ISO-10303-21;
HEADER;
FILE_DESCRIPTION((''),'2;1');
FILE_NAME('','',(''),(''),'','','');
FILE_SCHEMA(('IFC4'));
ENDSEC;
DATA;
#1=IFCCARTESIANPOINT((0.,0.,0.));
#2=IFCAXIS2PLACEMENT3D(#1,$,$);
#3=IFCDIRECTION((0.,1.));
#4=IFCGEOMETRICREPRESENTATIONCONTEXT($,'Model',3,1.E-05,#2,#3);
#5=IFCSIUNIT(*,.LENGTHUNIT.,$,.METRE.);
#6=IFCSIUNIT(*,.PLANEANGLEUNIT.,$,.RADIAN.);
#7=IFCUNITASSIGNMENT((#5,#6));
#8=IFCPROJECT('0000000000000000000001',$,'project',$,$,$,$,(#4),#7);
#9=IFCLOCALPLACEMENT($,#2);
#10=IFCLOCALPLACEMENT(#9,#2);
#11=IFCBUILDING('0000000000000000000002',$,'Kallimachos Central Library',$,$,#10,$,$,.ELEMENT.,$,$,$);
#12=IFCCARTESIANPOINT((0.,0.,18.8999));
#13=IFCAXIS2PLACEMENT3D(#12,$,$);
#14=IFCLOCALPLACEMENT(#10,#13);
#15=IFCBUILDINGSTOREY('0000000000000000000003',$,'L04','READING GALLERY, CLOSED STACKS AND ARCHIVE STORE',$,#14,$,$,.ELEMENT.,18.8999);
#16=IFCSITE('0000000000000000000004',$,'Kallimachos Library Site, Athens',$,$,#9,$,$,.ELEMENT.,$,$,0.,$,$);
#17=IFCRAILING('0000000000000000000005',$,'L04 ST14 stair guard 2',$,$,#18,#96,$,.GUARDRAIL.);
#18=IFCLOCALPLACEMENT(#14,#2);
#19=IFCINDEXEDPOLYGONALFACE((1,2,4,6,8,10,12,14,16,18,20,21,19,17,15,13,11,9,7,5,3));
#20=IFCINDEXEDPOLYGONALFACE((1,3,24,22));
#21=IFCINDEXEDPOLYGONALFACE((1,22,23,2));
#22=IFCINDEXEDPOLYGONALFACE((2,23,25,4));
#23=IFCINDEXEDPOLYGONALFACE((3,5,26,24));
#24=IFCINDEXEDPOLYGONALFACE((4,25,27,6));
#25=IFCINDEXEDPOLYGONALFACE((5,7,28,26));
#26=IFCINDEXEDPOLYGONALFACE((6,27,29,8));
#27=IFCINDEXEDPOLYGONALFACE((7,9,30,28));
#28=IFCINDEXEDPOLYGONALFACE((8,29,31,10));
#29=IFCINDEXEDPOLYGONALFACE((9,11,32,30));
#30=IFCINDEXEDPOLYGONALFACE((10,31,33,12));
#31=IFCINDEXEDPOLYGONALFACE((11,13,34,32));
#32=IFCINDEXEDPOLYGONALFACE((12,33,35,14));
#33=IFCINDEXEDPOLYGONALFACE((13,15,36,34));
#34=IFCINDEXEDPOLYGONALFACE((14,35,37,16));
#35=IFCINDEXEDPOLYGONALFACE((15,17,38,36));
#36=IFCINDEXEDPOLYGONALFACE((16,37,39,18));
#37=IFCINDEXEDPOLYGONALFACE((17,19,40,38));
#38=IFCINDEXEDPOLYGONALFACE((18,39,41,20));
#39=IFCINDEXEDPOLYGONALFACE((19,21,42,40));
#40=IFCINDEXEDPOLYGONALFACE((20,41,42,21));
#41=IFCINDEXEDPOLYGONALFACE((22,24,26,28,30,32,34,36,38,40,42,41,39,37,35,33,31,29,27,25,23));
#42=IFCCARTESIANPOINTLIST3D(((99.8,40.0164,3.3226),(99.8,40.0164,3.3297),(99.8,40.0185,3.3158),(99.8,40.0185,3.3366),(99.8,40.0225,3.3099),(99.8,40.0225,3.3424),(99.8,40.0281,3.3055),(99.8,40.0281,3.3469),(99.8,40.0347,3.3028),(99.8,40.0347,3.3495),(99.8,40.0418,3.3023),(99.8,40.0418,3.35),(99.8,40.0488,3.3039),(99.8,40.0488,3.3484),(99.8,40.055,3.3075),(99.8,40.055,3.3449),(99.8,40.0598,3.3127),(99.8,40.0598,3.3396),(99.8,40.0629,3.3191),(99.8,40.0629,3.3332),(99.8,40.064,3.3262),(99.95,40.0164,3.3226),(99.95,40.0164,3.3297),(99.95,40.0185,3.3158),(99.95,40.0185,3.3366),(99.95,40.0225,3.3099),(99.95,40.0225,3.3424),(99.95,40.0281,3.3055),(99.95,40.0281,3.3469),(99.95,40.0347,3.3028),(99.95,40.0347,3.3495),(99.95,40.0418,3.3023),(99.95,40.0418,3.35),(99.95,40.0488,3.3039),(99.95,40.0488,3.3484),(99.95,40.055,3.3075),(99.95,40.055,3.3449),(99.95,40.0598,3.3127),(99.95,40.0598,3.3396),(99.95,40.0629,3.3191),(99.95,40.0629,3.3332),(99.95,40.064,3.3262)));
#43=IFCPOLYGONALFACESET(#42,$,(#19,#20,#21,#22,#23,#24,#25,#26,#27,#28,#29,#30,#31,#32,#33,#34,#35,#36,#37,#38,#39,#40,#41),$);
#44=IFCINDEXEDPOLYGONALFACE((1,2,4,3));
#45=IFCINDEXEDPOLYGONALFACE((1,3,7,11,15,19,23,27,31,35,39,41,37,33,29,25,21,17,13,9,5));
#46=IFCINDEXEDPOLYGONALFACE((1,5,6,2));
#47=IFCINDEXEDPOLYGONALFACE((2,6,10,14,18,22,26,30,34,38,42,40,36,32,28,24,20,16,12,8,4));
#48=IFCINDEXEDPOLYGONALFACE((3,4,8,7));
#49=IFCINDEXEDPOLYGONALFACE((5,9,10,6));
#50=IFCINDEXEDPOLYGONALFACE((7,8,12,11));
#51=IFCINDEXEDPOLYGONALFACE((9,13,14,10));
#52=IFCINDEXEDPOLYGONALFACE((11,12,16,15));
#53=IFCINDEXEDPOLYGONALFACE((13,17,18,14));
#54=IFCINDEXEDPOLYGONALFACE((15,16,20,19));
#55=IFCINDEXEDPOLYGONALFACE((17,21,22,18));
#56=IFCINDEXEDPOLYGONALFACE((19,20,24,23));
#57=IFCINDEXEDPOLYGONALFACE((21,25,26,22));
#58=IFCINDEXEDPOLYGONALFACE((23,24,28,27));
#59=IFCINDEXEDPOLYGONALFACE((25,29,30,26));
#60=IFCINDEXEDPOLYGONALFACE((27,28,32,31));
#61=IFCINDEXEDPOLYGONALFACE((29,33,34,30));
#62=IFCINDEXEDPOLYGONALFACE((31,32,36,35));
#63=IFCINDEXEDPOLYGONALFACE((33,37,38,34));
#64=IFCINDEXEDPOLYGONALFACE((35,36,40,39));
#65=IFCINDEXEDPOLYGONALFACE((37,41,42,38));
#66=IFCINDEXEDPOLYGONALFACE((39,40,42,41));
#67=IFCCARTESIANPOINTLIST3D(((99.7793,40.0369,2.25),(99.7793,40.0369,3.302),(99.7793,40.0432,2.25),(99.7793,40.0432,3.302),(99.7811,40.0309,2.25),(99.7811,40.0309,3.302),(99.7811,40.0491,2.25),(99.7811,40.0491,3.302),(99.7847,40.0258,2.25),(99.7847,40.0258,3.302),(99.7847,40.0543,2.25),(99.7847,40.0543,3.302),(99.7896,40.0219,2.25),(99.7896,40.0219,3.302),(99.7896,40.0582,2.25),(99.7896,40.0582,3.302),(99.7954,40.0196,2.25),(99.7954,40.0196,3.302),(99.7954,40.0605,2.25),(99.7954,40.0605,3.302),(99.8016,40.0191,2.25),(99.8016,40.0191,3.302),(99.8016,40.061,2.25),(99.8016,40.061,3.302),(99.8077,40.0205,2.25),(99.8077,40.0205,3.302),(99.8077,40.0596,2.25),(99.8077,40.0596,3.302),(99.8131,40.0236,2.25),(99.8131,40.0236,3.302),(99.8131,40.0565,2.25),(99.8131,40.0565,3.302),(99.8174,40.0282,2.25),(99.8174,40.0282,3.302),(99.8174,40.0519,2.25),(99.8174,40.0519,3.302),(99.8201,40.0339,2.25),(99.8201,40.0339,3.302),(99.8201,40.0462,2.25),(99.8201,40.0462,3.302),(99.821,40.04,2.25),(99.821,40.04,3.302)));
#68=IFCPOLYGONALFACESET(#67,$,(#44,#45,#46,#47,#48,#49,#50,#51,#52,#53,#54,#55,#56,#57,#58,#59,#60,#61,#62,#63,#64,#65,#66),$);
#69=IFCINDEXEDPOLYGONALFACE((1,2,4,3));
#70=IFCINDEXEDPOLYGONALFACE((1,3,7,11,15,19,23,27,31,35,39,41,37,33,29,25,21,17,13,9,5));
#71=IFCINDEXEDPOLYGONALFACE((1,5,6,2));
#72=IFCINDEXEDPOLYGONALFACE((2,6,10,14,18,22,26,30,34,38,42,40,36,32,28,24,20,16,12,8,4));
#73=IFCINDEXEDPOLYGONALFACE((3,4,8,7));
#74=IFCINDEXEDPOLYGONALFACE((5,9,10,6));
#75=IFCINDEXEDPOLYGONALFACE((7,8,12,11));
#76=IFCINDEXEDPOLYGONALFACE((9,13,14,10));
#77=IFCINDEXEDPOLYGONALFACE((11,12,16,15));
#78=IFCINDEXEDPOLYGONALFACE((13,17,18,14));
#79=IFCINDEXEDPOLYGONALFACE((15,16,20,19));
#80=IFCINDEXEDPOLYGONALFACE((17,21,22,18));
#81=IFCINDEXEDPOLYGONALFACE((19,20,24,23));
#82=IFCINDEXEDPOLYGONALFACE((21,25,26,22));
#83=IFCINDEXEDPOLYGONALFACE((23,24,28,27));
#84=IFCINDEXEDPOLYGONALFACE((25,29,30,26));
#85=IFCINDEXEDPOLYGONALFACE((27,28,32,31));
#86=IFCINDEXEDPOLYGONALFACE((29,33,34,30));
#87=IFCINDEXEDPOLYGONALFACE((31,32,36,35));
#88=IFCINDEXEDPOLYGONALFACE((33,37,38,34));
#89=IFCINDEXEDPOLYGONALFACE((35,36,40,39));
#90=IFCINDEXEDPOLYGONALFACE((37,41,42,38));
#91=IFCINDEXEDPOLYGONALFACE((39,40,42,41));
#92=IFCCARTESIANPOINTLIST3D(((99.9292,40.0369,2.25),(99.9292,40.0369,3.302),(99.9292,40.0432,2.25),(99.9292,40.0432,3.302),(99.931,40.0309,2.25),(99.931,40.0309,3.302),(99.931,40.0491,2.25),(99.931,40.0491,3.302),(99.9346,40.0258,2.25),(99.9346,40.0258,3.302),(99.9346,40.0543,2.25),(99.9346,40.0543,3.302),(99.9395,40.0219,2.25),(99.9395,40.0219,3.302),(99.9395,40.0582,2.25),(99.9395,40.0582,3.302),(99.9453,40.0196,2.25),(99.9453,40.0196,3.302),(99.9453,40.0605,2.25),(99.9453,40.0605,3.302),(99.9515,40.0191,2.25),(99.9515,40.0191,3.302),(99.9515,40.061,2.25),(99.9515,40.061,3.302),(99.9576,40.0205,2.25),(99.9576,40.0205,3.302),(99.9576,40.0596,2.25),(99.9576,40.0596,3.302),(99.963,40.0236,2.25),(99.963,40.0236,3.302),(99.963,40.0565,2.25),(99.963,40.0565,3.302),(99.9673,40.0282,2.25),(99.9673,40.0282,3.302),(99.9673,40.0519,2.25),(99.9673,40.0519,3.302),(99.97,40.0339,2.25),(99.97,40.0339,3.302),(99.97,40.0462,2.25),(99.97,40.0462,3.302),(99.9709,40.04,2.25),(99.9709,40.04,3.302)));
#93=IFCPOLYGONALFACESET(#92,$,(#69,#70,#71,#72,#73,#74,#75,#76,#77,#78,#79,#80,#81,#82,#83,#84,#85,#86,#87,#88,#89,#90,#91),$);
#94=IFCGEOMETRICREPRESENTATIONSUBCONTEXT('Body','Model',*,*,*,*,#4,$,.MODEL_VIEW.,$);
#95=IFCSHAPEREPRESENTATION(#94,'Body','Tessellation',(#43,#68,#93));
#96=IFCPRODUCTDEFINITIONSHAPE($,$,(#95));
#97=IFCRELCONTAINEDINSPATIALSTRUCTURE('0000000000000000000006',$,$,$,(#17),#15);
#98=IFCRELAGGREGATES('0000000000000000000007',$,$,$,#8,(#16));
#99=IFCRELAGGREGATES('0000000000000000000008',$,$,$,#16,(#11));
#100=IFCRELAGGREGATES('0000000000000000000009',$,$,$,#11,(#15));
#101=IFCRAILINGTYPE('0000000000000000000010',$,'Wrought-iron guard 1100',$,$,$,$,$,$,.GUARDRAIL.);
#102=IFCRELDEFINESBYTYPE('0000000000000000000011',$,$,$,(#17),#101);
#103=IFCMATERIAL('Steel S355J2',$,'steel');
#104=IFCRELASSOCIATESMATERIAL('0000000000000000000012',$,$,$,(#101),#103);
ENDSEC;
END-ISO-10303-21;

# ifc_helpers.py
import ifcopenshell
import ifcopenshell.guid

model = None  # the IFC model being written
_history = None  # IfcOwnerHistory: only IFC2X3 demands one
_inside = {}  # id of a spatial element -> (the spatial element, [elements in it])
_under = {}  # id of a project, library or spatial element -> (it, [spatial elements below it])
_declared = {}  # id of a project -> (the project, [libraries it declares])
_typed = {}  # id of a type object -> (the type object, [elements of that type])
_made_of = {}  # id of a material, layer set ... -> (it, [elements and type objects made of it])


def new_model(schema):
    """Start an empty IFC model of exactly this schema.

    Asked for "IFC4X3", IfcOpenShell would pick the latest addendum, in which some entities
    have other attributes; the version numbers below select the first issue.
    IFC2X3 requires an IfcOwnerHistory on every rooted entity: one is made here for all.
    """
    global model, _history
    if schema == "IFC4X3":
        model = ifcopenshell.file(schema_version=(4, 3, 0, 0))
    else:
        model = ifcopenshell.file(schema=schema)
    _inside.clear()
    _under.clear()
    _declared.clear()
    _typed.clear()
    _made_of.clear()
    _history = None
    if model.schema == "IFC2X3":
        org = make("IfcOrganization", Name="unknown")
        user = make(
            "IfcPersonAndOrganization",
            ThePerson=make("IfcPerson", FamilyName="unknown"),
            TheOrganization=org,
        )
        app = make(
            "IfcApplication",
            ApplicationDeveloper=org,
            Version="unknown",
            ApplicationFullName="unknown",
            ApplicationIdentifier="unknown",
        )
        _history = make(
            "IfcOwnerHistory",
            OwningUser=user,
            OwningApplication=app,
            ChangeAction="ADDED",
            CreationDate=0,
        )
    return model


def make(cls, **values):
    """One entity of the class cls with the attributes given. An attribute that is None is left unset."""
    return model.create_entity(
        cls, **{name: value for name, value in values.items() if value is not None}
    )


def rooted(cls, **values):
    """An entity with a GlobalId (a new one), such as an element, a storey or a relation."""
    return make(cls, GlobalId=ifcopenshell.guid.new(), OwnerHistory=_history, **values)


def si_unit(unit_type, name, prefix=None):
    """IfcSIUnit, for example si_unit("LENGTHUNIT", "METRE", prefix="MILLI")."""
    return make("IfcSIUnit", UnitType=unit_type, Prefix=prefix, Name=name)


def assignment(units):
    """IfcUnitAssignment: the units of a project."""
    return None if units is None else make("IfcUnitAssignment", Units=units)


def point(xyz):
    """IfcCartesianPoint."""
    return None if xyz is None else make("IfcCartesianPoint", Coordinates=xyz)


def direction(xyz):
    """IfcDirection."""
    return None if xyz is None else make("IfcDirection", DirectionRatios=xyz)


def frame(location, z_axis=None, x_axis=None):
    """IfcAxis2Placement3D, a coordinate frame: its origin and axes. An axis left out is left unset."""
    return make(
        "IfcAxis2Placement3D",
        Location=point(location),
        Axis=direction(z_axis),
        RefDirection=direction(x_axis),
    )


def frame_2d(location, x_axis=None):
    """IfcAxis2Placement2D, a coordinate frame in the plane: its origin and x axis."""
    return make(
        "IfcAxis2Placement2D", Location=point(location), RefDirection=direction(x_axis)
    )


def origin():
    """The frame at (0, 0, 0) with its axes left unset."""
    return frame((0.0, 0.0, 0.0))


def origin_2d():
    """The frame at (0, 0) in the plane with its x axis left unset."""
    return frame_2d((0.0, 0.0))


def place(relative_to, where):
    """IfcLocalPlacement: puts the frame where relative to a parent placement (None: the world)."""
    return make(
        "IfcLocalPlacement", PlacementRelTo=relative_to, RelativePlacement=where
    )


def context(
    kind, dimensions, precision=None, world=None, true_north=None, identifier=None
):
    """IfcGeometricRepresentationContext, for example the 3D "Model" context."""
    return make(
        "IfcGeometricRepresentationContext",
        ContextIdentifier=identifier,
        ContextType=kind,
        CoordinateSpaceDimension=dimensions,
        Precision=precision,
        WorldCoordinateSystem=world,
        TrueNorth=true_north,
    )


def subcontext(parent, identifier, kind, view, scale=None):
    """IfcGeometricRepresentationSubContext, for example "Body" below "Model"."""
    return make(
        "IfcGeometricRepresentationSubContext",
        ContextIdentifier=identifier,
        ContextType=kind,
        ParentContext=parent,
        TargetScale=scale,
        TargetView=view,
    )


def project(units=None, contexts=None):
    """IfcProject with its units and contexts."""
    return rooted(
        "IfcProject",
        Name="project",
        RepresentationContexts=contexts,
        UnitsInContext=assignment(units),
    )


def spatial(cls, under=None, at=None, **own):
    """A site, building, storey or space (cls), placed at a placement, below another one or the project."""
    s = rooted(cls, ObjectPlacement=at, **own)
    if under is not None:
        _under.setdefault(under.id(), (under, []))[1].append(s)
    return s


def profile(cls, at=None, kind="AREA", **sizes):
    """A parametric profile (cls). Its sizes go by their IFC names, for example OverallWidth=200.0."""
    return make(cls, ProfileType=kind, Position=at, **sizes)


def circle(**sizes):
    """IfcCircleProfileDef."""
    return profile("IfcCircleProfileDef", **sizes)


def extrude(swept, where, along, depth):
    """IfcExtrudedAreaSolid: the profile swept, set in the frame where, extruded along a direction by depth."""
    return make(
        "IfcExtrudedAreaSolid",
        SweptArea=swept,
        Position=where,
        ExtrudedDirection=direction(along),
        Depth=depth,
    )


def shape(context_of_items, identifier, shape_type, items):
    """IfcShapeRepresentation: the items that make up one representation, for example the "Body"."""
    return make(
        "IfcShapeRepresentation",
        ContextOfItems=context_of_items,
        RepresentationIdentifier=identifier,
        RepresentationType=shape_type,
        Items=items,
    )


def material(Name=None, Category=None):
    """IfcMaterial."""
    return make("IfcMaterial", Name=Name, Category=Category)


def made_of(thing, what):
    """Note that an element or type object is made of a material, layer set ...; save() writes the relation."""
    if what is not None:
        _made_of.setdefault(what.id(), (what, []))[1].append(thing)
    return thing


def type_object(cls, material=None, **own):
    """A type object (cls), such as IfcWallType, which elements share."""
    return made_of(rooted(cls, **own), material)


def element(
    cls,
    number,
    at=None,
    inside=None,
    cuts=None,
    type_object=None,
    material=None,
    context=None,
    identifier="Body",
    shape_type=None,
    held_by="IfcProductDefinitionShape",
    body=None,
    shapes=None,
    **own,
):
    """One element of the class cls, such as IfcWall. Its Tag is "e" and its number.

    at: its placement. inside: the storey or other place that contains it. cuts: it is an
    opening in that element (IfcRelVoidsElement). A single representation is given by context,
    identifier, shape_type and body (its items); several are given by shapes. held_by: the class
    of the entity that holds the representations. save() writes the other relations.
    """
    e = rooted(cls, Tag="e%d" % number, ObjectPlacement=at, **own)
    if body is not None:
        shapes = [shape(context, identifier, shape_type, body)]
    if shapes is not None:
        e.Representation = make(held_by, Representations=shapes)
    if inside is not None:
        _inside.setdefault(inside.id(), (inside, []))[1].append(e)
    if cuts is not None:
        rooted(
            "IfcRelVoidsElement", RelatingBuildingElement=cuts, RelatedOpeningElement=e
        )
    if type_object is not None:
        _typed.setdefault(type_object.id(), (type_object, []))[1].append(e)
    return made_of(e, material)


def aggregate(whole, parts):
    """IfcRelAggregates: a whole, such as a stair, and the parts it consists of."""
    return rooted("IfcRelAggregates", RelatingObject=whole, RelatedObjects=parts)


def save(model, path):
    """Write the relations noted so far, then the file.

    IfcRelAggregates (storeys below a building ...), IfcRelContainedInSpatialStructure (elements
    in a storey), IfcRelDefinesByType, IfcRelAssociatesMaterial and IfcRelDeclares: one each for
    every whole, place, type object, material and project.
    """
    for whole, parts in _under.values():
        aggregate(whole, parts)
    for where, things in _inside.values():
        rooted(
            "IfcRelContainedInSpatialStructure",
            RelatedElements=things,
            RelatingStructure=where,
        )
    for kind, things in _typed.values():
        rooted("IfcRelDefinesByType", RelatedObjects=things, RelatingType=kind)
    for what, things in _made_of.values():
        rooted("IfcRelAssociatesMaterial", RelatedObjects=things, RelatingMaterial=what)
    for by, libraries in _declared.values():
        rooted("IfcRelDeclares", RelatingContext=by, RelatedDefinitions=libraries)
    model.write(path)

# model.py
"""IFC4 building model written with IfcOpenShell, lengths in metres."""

from ifc_helpers import new_model, si_unit, direction, frame, origin, origin_2d, place, context, subcontext, project, spatial, circle, extrude, material, type_object, element, save


model = new_model("IFC4")

# Units and contexts
model_context = context("Model", 3, precision=1e-05, world=origin(), true_north=direction((0.0, 1.0)))
body_context = subcontext(model_context, "Body", "Model", "MODEL_VIEW")
ifc_project = project(units=[si_unit("LENGTHUNIT", "METRE"), si_unit("PLANEANGLEUNIT", "RADIAN")], contexts=[model_context])

# Site, building, storey
site_placement = place(None, origin())
site = spatial("IfcSite", under=ifc_project, at=site_placement, Name="Kallimachos Library Site, Athens", CompositionType="ELEMENT", RefElevation=0.0)
building_placement = place(site_placement, origin())
building = spatial("IfcBuilding", under=site, at=building_placement, Name="Kallimachos Central Library", CompositionType="ELEMENT")
storey_placement = place(building_placement, frame((0.0, 0.0, 18.8999)))
storey = spatial("IfcBuildingStorey", under=building, at=storey_placement, Name="L04", Description="READING GALLERY, CLOSED STACKS AND ARCHIVE STORE", CompositionType="ELEMENT", Elevation=18.8999)

# Railing
ifc_material_1 = material(Name="Steel S355J2", Category="steel")
railing_type_1 = type_object("IfcRailingType", Name="Wrought-iron guard 1100", PredefinedType="GUARDRAIL", material=ifc_material_1)
railing_1_placement = place(storey_placement, frame((99.8, 40.04, 2.25)))
element("IfcRailing", 1, at=railing_1_placement, inside=storey, type_object=railing_type_1, Name="L04 ST14 stair guard 2", PredefinedType="GUARDRAIL", context=body_context, shape_type="SweptSolid", body=[
    extrude(circle(Radius=0.0239, at=origin_2d()), frame((0.0, 0.0, 1.0762), z_axis=(1.0, 0.0, 0.0), x_axis=(0.0, 1.0, 0.0)), (0.0, 0.0, 1.0), 0.1499),
    extrude(circle(Radius=0.021, at=origin_2d()), origin(), (0.0, 0.0, 1.0), 1.052),
    extrude(circle(Radius=0.021, at=origin_2d()), frame((0.1499, 0.0, 0.0)), (0.0, 0.0, 1.0), 1.052),
])

save(model, "model.ifc")
